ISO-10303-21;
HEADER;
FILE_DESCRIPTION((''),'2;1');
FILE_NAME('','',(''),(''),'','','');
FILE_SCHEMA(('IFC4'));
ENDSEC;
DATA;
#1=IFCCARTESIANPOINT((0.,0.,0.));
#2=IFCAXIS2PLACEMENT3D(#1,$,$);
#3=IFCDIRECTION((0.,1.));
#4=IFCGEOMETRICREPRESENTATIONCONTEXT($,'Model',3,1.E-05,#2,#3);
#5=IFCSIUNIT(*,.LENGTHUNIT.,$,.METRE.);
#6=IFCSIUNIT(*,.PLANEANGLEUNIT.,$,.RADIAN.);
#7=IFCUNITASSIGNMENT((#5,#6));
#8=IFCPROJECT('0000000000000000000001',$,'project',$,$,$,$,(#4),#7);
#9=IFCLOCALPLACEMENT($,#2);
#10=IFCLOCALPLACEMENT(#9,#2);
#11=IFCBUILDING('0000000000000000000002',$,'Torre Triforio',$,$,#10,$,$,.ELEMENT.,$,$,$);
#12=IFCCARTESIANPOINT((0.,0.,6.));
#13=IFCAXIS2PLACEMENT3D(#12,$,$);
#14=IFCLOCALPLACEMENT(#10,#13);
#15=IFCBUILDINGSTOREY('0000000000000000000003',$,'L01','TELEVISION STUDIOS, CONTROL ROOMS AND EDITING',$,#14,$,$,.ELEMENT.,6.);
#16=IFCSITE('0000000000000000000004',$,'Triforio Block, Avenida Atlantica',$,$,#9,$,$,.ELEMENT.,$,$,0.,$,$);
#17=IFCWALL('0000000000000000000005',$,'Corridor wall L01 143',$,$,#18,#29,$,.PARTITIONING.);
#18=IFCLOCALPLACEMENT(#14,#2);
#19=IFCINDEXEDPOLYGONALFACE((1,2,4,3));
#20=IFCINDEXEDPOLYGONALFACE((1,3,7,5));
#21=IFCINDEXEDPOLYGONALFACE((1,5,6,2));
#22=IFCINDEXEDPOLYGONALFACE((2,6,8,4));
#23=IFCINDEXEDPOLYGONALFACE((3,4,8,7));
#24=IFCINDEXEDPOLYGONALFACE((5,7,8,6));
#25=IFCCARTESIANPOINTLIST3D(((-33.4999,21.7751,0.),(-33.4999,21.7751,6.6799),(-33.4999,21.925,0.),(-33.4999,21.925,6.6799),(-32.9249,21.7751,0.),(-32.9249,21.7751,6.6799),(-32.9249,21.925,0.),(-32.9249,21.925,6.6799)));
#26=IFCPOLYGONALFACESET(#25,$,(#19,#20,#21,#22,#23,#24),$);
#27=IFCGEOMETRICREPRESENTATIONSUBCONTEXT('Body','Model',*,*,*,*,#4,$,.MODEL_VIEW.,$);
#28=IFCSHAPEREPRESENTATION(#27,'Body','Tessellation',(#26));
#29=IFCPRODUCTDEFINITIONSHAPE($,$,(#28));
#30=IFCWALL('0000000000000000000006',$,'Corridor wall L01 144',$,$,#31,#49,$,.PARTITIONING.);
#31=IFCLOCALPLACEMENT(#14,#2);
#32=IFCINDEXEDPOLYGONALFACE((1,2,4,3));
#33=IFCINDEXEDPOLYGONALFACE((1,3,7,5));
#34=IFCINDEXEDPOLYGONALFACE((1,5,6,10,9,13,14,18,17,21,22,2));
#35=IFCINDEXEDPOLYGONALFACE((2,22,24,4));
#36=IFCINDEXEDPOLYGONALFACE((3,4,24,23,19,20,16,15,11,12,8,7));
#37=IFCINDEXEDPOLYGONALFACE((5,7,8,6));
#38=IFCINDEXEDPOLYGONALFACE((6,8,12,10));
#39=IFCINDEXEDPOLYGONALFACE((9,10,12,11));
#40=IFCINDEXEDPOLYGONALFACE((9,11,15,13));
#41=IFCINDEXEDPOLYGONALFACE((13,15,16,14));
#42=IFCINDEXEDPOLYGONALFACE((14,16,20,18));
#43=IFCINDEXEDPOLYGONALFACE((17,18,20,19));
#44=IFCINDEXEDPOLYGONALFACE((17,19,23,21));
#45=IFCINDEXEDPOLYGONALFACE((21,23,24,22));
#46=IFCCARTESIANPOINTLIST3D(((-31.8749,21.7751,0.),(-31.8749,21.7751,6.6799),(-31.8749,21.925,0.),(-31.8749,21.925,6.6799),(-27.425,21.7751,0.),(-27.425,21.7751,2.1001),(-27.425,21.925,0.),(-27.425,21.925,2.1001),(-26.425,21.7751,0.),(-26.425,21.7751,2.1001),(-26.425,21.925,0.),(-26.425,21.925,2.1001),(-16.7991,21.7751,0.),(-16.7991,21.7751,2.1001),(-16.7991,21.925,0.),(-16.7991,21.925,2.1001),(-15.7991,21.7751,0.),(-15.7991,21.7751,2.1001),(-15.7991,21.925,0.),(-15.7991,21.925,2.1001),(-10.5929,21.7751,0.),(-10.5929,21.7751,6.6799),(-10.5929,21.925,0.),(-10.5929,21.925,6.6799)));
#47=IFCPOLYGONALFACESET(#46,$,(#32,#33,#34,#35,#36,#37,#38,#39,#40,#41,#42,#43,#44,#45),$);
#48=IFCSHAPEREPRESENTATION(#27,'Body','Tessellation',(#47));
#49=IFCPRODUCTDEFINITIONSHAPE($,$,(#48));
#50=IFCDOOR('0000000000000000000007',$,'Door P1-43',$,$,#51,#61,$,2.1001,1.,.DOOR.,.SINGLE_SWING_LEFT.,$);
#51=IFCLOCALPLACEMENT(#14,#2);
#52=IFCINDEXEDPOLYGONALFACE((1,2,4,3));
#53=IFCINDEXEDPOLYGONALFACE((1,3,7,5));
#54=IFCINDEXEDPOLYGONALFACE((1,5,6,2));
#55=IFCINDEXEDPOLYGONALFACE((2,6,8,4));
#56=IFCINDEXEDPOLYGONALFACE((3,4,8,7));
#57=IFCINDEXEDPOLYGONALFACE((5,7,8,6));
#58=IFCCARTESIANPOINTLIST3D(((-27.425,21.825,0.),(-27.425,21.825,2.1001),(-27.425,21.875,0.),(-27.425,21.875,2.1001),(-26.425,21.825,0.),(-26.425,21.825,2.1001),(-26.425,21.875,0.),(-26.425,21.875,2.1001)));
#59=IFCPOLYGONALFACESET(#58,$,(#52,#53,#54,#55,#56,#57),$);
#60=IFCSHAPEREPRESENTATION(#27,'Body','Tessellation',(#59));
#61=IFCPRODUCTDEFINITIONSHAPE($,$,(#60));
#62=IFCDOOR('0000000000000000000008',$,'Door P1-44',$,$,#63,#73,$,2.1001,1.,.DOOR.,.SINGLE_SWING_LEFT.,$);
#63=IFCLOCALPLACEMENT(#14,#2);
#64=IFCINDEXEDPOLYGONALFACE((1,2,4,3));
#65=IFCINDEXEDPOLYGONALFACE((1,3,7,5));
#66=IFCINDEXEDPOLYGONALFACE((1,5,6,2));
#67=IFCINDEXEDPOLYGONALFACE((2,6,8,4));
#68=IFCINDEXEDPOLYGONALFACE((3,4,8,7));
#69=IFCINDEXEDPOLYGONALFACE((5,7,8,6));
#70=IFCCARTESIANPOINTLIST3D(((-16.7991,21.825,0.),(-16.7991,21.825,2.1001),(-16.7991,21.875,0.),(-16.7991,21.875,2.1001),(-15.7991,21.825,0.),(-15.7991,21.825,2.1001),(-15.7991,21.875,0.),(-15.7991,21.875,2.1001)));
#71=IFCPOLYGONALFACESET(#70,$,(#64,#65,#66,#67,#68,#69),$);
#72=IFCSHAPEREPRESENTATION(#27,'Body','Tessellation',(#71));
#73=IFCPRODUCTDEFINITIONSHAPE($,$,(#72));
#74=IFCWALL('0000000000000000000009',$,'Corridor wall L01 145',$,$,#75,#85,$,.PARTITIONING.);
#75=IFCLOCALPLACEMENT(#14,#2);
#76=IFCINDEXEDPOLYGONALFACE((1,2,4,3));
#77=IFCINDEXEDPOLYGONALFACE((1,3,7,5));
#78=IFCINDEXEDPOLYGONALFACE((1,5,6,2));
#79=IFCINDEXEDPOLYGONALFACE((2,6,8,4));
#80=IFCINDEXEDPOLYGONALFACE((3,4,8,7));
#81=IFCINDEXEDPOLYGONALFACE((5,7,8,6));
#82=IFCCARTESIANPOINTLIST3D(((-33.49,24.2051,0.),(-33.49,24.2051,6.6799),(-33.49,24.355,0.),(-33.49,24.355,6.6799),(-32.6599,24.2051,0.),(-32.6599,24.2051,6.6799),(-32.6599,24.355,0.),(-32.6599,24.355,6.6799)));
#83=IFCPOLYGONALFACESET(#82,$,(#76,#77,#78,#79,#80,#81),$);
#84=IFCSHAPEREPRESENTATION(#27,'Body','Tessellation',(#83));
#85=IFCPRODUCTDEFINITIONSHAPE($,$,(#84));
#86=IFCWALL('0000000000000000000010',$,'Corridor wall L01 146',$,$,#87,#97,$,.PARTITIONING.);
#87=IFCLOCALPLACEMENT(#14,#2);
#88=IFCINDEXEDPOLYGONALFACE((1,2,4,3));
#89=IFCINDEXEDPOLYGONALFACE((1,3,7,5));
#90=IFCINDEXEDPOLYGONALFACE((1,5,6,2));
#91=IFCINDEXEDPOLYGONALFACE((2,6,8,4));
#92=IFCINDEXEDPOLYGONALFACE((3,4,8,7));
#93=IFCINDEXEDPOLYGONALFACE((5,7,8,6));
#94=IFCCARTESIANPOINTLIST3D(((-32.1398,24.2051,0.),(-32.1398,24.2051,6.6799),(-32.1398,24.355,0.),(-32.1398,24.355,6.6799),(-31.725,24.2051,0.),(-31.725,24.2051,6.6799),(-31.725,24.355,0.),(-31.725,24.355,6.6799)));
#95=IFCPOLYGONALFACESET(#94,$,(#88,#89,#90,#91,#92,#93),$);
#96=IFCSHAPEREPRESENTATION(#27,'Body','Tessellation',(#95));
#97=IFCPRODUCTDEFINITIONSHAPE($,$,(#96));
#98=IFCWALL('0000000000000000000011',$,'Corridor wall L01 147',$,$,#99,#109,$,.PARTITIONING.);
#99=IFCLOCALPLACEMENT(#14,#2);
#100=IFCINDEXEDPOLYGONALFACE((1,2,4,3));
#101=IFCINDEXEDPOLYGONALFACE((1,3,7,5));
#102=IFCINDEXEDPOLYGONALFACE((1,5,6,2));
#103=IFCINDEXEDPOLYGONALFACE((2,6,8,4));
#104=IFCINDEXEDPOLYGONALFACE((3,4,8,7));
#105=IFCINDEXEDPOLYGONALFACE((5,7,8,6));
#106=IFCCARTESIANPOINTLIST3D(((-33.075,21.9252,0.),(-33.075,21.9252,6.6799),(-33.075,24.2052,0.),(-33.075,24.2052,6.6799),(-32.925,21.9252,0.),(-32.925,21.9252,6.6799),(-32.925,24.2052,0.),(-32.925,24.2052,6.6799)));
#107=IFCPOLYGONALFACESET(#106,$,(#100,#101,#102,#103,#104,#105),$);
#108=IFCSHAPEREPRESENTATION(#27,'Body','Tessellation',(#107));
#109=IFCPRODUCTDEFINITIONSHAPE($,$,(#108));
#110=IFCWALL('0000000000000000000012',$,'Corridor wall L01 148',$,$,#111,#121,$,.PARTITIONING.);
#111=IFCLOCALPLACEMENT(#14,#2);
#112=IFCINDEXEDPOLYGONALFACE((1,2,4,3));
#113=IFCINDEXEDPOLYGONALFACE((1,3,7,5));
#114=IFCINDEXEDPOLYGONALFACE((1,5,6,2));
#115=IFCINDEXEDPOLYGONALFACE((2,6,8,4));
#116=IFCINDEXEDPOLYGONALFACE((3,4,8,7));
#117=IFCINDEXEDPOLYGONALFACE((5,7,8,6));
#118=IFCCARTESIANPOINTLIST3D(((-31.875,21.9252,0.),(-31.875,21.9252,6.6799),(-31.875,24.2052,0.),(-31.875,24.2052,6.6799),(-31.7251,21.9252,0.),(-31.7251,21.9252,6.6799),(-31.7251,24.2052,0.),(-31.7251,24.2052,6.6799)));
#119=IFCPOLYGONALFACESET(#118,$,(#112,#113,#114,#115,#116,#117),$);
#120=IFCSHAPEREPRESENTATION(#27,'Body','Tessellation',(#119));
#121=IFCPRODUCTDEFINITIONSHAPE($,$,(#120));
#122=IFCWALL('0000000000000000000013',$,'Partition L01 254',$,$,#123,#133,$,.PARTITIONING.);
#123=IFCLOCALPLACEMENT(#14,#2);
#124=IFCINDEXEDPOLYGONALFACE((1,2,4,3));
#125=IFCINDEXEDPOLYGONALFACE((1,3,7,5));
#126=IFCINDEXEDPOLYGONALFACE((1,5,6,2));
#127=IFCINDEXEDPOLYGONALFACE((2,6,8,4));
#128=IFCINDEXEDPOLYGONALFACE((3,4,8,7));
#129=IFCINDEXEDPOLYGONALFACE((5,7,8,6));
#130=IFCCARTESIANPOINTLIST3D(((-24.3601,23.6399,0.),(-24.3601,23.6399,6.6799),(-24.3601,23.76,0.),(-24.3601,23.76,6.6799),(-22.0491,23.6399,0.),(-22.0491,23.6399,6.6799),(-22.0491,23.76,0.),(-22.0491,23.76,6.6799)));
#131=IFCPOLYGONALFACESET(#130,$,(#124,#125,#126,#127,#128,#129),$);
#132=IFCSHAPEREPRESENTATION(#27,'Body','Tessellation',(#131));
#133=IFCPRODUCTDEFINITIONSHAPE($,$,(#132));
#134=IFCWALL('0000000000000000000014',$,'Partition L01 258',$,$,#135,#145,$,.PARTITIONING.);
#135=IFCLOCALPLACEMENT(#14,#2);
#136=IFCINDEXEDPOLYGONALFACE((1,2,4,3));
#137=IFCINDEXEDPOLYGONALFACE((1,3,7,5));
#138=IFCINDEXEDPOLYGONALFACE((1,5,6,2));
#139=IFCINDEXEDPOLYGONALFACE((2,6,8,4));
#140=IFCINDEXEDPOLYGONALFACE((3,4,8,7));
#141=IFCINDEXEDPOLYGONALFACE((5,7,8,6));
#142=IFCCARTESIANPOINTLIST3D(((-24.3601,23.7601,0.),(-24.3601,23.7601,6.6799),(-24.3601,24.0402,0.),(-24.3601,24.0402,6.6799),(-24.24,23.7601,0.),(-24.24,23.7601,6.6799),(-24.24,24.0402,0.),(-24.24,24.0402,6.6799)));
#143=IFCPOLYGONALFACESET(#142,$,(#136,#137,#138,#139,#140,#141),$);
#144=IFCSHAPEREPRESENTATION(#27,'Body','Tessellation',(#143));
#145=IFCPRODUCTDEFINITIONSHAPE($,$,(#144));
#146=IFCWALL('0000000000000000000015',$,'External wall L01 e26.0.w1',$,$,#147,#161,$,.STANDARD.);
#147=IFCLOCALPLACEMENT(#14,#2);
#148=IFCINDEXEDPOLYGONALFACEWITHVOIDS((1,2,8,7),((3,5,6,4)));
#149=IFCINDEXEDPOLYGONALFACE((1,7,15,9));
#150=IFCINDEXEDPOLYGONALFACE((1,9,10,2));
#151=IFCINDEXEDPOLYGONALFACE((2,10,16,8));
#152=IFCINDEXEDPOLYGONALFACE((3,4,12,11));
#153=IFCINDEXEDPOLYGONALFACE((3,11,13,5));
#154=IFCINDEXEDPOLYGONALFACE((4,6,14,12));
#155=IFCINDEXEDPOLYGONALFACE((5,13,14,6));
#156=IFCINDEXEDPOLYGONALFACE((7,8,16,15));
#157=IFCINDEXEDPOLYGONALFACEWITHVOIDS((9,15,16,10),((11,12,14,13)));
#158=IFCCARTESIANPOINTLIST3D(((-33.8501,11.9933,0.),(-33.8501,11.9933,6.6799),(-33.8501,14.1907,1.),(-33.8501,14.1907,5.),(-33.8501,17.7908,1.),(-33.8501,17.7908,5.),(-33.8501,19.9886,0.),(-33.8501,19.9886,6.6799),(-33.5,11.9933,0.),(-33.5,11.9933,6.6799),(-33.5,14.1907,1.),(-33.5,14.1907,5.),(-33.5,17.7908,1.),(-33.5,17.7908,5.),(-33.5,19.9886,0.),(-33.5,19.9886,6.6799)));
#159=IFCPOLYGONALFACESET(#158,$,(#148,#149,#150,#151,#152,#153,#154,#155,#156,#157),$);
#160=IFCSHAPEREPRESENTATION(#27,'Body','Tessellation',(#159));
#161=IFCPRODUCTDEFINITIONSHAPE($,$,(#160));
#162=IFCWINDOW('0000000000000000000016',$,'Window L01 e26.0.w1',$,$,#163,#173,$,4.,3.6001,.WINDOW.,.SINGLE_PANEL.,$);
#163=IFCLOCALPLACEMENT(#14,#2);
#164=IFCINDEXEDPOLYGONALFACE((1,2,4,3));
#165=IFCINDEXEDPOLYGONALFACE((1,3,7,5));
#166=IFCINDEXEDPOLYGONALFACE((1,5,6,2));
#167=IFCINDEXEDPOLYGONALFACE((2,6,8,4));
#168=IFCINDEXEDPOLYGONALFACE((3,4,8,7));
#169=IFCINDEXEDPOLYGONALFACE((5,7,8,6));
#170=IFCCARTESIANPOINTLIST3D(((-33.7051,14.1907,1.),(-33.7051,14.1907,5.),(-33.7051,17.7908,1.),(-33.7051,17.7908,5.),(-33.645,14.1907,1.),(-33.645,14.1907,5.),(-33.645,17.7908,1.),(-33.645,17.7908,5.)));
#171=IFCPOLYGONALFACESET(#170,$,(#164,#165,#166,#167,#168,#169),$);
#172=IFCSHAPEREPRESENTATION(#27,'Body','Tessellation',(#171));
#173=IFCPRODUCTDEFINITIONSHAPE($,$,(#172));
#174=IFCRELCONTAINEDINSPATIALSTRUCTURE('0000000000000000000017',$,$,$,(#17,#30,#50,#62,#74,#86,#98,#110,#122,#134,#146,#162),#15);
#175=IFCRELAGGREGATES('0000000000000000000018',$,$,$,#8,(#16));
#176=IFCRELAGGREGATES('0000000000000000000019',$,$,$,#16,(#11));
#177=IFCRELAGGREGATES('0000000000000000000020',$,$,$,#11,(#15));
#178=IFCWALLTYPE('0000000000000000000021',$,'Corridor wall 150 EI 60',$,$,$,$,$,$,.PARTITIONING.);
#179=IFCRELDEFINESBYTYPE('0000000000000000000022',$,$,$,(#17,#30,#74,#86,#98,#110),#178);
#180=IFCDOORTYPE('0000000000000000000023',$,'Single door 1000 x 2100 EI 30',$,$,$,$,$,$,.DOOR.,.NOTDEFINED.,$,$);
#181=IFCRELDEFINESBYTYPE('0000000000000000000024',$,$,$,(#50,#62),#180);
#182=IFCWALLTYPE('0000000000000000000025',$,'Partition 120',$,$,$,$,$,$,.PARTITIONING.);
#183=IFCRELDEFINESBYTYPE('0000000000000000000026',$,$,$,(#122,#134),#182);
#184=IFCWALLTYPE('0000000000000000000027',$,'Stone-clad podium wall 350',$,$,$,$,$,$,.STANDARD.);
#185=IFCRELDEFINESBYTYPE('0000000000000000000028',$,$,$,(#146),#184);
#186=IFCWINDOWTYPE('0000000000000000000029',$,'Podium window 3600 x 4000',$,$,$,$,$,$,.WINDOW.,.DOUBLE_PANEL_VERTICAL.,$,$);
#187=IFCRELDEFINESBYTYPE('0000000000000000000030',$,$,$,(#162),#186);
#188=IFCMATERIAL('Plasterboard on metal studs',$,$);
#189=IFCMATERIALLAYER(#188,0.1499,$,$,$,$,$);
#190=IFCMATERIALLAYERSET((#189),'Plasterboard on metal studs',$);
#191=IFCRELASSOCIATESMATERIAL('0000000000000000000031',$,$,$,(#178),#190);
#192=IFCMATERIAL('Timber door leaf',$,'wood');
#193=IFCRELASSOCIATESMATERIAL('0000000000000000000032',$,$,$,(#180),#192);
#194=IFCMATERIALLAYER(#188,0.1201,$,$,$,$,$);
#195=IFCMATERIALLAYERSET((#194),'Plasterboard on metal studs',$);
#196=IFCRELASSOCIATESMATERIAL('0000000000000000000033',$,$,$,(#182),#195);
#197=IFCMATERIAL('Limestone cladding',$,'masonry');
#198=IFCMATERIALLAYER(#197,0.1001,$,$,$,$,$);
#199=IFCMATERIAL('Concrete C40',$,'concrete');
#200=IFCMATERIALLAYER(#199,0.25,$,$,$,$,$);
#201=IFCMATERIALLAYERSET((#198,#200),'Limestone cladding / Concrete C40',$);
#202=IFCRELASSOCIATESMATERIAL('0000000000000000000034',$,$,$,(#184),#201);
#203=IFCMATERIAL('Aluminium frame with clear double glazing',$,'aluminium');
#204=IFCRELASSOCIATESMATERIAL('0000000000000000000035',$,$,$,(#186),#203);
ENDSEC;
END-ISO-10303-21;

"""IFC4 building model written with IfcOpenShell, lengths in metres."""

from ifc_helpers import new_model, si_unit, direction, frame, frame_2d, origin, place, context, subcontext, project, spatial, rectangle, extrude, material, layer, layer_set, type_object, element, fill, save


model = new_model("IFC4")

# Units and contexts
model_context = context("Model", 3, precision=1e-05, world=origin(), true_north=direction((0.0, 1.0)))
body_context = subcontext(model_context, "Body", "Model", "MODEL_VIEW")
ifc_project = project(units=[si_unit("LENGTHUNIT", "METRE"), si_unit("PLANEANGLEUNIT", "RADIAN")], contexts=[model_context])

# Site, building, storey
site_placement = place(None, origin())
site = spatial("IfcSite", under=ifc_project, at=site_placement, Name="Triforio Block, Avenida Atlantica", CompositionType="ELEMENT", RefElevation=0.0)
building_placement = place(site_placement, origin())
building = spatial("IfcBuilding", under=site, at=building_placement, Name="Torre Triforio", CompositionType="ELEMENT")
storey_placement = place(building_placement, frame((0.0, 0.0, 6.0)))
storey = spatial("IfcBuildingStorey", under=building, at=storey_placement, Name="L01", Description="TELEVISION STUDIOS, CONTROL ROOMS AND EDITING", CompositionType="ELEMENT", Elevation=6.0)

# Shared definitions
ifc_material_1 = material(Name="Plasterboard on metal studs")
ifc_layer_1 = layer(ifc_material_1, 0.1499)
ifc_layer_set_1 = layer_set([ifc_layer_1], Name="Plasterboard on metal studs")
wall_type_1 = type_object("IfcWallType", Name="Corridor wall 150 EI 60", PredefinedType="PARTITIONING", material=ifc_layer_set_1)

# Shared definitions
ifc_material_2 = material(Name="Timber door leaf", Category="wood")
door_type = type_object("IfcDoorType", Name="Single door 1000 x 2100 EI 30", OperationType="NOTDEFINED", PredefinedType="DOOR", material=ifc_material_2)

# Wall
wall_1_placement = place(storey_placement, frame((-33.5, 21.8501, 0.0), z_axis=(0.0, 0.0, 1.0), x_axis=(1.0, 0.0, 0.0)))
element("IfcWall", 1, at=wall_1_placement, inside=storey, type_object=wall_type_1, Name="Corridor wall L01 143", PredefinedType="PARTITIONING", context=body_context, shape_type="SweptSolid", body=[
    extrude(rectangle(XDim=0.575, YDim=0.1499, at=frame_2d((0.2876, 0.0))), origin(), (0.0, 0.0, 1.0), 6.6799),
])

# Wall, openings, doors
wall_2_placement = place(storey_placement, frame((-31.875, 21.8501, 0.0), z_axis=(0.0, 0.0, 1.0), x_axis=(1.0, 0.0, 0.0)))
wall_2 = element("IfcWall", 2, at=wall_2_placement, inside=storey, type_object=wall_type_1, Name="Corridor wall L01 144", PredefinedType="PARTITIONING", context=body_context, shape_type="SweptSolid", body=[
    extrude(rectangle(XDim=21.282, YDim=0.1499, at=frame_2d((10.6411, 0.0))), origin(), (0.0, 0.0, 1.0), 6.6799),
])
opening_1_placement = place(wall_2_placement, frame((4.45, 0.0, 0.0)))
opening_1 = element("IfcOpeningElement", 3, at=opening_1_placement, cuts=wall_2, PredefinedType="OPENING", context=body_context, shape_type="SweptSolid", body=[
    extrude(rectangle(XDim=1.0, YDim=2.1001, at=frame_2d((0.5, 1.05))), frame((0.0, 0.085, 0.0), z_axis=(0.0, -1.0, 0.0), x_axis=(1.0, 0.0, 0.0)), (0.0, 0.0, 1.0), 0.1699),
])
opening_2_placement = place(wall_2_placement, frame((15.0759, 0.0, 0.0)))
opening_2 = element("IfcOpeningElement", 4, at=opening_2_placement, cuts=wall_2, PredefinedType="OPENING", context=body_context, shape_type="SweptSolid", body=[
    extrude(rectangle(XDim=1.0, YDim=2.1001, at=frame_2d((0.5, 1.05))), frame((0.0, 0.085, 0.0), z_axis=(0.0, -1.0, 0.0), x_axis=(1.0, 0.0, 0.0)), (0.0, 0.0, 1.0), 0.1699),
])
door_1_placement = place(opening_1_placement, origin())
door_1 = element("IfcDoor", 5, at=door_1_placement, inside=storey, type_object=door_type, Name="Door P1-43", OperationType="SINGLE_SWING_LEFT", OverallHeight=2.1001, OverallWidth=1.0, PredefinedType="DOOR", context=body_context, shape_type="SweptSolid", body=[
    extrude(rectangle(XDim=1.0, YDim=2.1001, at=frame_2d((0.5, 1.05))), frame((0.0, 0.0249, 0.0), z_axis=(0.0, -1.0, 0.0), x_axis=(1.0, 0.0, 0.0)), (0.0, 0.0, 1.0), 0.05),
])
fill(opening_1, door_1)
door_2_placement = place(opening_2_placement, origin())
door_2 = element("IfcDoor", 6, at=door_2_placement, inside=storey, type_object=door_type, Name="Door P1-44", OperationType="SINGLE_SWING_LEFT", OverallHeight=2.1001, OverallWidth=1.0, PredefinedType="DOOR", context=body_context, shape_type="SweptSolid", body=[
    extrude(rectangle(XDim=1.0, YDim=2.1001, at=frame_2d((0.5, 1.05))), frame((0.0, 0.0249, 0.0), z_axis=(0.0, -1.0, 0.0), x_axis=(1.0, 0.0, 0.0)), (0.0, 0.0, 1.0), 0.05),
])
fill(opening_2, door_2)

# Walls
wall_3_placement = place(storey_placement, frame((-33.49, 24.28, 0.0), z_axis=(0.0, 0.0, 1.0), x_axis=(1.0, 0.0, 0.0)))
element("IfcWall", 7, at=wall_3_placement, inside=storey, type_object=wall_type_1, Name="Corridor wall L01 145", PredefinedType="PARTITIONING", context=body_context, shape_type="SweptSolid", body=[
    extrude(rectangle(XDim=0.8301, YDim=0.1499, at=frame_2d((0.415, 0.0))), origin(), (0.0, 0.0, 1.0), 6.6799),
])
wall_4_placement = place(storey_placement, frame((-32.1399, 24.28, 0.0), z_axis=(0.0, 0.0, 1.0), x_axis=(1.0, 0.0, 0.0)))
element("IfcWall", 8, at=wall_4_placement, inside=storey, type_object=wall_type_1, Name="Corridor wall L01 146", PredefinedType="PARTITIONING", context=body_context, shape_type="SweptSolid", body=[
    extrude(rectangle(XDim=0.4148, YDim=0.1499, at=frame_2d((0.2075, 0.0))), origin(), (0.0, 0.0, 1.0), 6.6799),
])
for number, where, z_axis, x_axis, name in (
    (9, (-33.0, 21.925, 0.0), (0.0, 0.0, 1.0), (0.0, 1.0, 0.0), "Corridor wall L01 147"),
    (10, (-31.8, 21.925, 0.0), (0.0, 0.0, 1.0), (0.0, 1.0, 0.0), "Corridor wall L01 148"),
):
    element("IfcWall", number, at=place(storey_placement, frame(where, z_axis=z_axis, x_axis=x_axis)), inside=storey, type_object=wall_type_1, Name=name, PredefinedType="PARTITIONING", context=body_context, shape_type="SweptSolid", body=[
        extrude(rectangle(XDim=2.28, YDim=0.1499, at=frame_2d((1.1401, 0.0))), origin(), (0.0, 0.0, 1.0), 6.6799),
    ])
ifc_layer_2 = layer(ifc_material_1, 0.1201)
ifc_layer_set_2 = layer_set([ifc_layer_2], Name="Plasterboard on metal studs")
wall_type_2 = type_object("IfcWallType", Name="Partition 120", PredefinedType="PARTITIONING", material=ifc_layer_set_2)
wall_5_placement = place(storey_placement, frame((-24.3601, 23.7, 0.0), z_axis=(0.0, 0.0, 1.0), x_axis=(1.0, 0.0, 0.0)))
element("IfcWall", 11, at=wall_5_placement, inside=storey, type_object=wall_type_2, Name="Partition L01 254", PredefinedType="PARTITIONING", context=body_context, shape_type="SweptSolid", body=[
    extrude(rectangle(XDim=2.311, YDim=0.1201, at=frame_2d((1.1555, 0.0))), origin(), (0.0, 0.0, 1.0), 6.6799),
])
wall_6_placement = place(storey_placement, frame((-24.3, 23.76, 0.0), z_axis=(0.0, 0.0, 1.0), x_axis=(0.0, 1.0, 0.0)))
element("IfcWall", 12, at=wall_6_placement, inside=storey, type_object=wall_type_2, Name="Partition L01 258", PredefinedType="PARTITIONING", context=body_context, shape_type="SweptSolid", body=[
    extrude(rectangle(XDim=0.28, YDim=0.1201, at=frame_2d((0.1401, 0.0))), origin(), (0.0, 0.0, 1.0), 6.6799),
])

# Wall, opening, window
ifc_material_3 = material(Name="Limestone cladding", Category="masonry")
ifc_layer_3 = layer(ifc_material_3, 0.1001)
ifc_material_4 = material(Name="Concrete C40", Category="concrete")
ifc_layer_4 = layer(ifc_material_4, 0.25)
ifc_layer_set_3 = layer_set([ifc_layer_3, ifc_layer_4], Name="Limestone cladding / Concrete C40")
wall_type_3 = type_object("IfcWallType", Name="Stone-clad podium wall 350", PredefinedType="STANDARD", material=ifc_layer_set_3)
wall_7_placement = place(storey_placement, frame((-33.675, 19.9885, 0.0), z_axis=(0.0, 0.0, 1.0), x_axis=(0.0, -1.0, 0.0)))
wall_7 = element("IfcWall", 13, at=wall_7_placement, inside=storey, type_object=wall_type_3, Name="External wall L01 e26.0.w1", PredefinedType="STANDARD", context=body_context, shape_type="SweptSolid", body=[
    extrude(rectangle(XDim=7.9954, YDim=0.3501, at=frame_2d((3.9976, 0.0))), origin(), (0.0, 0.0, 1.0), 6.6799),
])
opening_3_placement = place(wall_7_placement, frame((2.1978, 0.0, 1.0)))
opening_3 = element("IfcOpeningElement", 14, at=opening_3_placement, cuts=wall_7, PredefinedType="OPENING", context=body_context, shape_type="SweptSolid", body=[
    extrude(rectangle(XDim=3.6001, YDim=4.0, at=frame_2d((1.8, 2.0))), frame((0.0, 0.1851, 0.0), z_axis=(0.0, -1.0, 0.0), x_axis=(1.0, 0.0, 0.0)), (0.0, 0.0, 1.0), 0.3701),
])
ifc_material_5 = material(Name="Aluminium frame with clear double glazing", Category="aluminium")
window_type = type_object("IfcWindowType", Name="Podium window 3600 x 4000", PartitioningType="DOUBLE_PANEL_VERTICAL", PredefinedType="WINDOW", material=ifc_material_5)
window_1_placement = place(opening_3_placement, origin())
window_1 = element("IfcWindow", 15, at=window_1_placement, inside=storey, type_object=window_type, Name="Window L01 e26.0.w1", OverallHeight=4.0, OverallWidth=3.6001, PartitioningType="SINGLE_PANEL", PredefinedType="WINDOW", context=body_context, shape_type="SweptSolid", body=[
    extrude(rectangle(XDim=3.6001, YDim=4.0, at=frame_2d((1.8, 2.0))), frame((0.0, 0.03, 0.0), z_axis=(0.0, -1.0, 0.0), x_axis=(1.0, 0.0, 0.0)), (0.0, 0.0, 1.0), 0.0601),
])
fill(opening_3, window_1)

save(model, "model.ifc")
